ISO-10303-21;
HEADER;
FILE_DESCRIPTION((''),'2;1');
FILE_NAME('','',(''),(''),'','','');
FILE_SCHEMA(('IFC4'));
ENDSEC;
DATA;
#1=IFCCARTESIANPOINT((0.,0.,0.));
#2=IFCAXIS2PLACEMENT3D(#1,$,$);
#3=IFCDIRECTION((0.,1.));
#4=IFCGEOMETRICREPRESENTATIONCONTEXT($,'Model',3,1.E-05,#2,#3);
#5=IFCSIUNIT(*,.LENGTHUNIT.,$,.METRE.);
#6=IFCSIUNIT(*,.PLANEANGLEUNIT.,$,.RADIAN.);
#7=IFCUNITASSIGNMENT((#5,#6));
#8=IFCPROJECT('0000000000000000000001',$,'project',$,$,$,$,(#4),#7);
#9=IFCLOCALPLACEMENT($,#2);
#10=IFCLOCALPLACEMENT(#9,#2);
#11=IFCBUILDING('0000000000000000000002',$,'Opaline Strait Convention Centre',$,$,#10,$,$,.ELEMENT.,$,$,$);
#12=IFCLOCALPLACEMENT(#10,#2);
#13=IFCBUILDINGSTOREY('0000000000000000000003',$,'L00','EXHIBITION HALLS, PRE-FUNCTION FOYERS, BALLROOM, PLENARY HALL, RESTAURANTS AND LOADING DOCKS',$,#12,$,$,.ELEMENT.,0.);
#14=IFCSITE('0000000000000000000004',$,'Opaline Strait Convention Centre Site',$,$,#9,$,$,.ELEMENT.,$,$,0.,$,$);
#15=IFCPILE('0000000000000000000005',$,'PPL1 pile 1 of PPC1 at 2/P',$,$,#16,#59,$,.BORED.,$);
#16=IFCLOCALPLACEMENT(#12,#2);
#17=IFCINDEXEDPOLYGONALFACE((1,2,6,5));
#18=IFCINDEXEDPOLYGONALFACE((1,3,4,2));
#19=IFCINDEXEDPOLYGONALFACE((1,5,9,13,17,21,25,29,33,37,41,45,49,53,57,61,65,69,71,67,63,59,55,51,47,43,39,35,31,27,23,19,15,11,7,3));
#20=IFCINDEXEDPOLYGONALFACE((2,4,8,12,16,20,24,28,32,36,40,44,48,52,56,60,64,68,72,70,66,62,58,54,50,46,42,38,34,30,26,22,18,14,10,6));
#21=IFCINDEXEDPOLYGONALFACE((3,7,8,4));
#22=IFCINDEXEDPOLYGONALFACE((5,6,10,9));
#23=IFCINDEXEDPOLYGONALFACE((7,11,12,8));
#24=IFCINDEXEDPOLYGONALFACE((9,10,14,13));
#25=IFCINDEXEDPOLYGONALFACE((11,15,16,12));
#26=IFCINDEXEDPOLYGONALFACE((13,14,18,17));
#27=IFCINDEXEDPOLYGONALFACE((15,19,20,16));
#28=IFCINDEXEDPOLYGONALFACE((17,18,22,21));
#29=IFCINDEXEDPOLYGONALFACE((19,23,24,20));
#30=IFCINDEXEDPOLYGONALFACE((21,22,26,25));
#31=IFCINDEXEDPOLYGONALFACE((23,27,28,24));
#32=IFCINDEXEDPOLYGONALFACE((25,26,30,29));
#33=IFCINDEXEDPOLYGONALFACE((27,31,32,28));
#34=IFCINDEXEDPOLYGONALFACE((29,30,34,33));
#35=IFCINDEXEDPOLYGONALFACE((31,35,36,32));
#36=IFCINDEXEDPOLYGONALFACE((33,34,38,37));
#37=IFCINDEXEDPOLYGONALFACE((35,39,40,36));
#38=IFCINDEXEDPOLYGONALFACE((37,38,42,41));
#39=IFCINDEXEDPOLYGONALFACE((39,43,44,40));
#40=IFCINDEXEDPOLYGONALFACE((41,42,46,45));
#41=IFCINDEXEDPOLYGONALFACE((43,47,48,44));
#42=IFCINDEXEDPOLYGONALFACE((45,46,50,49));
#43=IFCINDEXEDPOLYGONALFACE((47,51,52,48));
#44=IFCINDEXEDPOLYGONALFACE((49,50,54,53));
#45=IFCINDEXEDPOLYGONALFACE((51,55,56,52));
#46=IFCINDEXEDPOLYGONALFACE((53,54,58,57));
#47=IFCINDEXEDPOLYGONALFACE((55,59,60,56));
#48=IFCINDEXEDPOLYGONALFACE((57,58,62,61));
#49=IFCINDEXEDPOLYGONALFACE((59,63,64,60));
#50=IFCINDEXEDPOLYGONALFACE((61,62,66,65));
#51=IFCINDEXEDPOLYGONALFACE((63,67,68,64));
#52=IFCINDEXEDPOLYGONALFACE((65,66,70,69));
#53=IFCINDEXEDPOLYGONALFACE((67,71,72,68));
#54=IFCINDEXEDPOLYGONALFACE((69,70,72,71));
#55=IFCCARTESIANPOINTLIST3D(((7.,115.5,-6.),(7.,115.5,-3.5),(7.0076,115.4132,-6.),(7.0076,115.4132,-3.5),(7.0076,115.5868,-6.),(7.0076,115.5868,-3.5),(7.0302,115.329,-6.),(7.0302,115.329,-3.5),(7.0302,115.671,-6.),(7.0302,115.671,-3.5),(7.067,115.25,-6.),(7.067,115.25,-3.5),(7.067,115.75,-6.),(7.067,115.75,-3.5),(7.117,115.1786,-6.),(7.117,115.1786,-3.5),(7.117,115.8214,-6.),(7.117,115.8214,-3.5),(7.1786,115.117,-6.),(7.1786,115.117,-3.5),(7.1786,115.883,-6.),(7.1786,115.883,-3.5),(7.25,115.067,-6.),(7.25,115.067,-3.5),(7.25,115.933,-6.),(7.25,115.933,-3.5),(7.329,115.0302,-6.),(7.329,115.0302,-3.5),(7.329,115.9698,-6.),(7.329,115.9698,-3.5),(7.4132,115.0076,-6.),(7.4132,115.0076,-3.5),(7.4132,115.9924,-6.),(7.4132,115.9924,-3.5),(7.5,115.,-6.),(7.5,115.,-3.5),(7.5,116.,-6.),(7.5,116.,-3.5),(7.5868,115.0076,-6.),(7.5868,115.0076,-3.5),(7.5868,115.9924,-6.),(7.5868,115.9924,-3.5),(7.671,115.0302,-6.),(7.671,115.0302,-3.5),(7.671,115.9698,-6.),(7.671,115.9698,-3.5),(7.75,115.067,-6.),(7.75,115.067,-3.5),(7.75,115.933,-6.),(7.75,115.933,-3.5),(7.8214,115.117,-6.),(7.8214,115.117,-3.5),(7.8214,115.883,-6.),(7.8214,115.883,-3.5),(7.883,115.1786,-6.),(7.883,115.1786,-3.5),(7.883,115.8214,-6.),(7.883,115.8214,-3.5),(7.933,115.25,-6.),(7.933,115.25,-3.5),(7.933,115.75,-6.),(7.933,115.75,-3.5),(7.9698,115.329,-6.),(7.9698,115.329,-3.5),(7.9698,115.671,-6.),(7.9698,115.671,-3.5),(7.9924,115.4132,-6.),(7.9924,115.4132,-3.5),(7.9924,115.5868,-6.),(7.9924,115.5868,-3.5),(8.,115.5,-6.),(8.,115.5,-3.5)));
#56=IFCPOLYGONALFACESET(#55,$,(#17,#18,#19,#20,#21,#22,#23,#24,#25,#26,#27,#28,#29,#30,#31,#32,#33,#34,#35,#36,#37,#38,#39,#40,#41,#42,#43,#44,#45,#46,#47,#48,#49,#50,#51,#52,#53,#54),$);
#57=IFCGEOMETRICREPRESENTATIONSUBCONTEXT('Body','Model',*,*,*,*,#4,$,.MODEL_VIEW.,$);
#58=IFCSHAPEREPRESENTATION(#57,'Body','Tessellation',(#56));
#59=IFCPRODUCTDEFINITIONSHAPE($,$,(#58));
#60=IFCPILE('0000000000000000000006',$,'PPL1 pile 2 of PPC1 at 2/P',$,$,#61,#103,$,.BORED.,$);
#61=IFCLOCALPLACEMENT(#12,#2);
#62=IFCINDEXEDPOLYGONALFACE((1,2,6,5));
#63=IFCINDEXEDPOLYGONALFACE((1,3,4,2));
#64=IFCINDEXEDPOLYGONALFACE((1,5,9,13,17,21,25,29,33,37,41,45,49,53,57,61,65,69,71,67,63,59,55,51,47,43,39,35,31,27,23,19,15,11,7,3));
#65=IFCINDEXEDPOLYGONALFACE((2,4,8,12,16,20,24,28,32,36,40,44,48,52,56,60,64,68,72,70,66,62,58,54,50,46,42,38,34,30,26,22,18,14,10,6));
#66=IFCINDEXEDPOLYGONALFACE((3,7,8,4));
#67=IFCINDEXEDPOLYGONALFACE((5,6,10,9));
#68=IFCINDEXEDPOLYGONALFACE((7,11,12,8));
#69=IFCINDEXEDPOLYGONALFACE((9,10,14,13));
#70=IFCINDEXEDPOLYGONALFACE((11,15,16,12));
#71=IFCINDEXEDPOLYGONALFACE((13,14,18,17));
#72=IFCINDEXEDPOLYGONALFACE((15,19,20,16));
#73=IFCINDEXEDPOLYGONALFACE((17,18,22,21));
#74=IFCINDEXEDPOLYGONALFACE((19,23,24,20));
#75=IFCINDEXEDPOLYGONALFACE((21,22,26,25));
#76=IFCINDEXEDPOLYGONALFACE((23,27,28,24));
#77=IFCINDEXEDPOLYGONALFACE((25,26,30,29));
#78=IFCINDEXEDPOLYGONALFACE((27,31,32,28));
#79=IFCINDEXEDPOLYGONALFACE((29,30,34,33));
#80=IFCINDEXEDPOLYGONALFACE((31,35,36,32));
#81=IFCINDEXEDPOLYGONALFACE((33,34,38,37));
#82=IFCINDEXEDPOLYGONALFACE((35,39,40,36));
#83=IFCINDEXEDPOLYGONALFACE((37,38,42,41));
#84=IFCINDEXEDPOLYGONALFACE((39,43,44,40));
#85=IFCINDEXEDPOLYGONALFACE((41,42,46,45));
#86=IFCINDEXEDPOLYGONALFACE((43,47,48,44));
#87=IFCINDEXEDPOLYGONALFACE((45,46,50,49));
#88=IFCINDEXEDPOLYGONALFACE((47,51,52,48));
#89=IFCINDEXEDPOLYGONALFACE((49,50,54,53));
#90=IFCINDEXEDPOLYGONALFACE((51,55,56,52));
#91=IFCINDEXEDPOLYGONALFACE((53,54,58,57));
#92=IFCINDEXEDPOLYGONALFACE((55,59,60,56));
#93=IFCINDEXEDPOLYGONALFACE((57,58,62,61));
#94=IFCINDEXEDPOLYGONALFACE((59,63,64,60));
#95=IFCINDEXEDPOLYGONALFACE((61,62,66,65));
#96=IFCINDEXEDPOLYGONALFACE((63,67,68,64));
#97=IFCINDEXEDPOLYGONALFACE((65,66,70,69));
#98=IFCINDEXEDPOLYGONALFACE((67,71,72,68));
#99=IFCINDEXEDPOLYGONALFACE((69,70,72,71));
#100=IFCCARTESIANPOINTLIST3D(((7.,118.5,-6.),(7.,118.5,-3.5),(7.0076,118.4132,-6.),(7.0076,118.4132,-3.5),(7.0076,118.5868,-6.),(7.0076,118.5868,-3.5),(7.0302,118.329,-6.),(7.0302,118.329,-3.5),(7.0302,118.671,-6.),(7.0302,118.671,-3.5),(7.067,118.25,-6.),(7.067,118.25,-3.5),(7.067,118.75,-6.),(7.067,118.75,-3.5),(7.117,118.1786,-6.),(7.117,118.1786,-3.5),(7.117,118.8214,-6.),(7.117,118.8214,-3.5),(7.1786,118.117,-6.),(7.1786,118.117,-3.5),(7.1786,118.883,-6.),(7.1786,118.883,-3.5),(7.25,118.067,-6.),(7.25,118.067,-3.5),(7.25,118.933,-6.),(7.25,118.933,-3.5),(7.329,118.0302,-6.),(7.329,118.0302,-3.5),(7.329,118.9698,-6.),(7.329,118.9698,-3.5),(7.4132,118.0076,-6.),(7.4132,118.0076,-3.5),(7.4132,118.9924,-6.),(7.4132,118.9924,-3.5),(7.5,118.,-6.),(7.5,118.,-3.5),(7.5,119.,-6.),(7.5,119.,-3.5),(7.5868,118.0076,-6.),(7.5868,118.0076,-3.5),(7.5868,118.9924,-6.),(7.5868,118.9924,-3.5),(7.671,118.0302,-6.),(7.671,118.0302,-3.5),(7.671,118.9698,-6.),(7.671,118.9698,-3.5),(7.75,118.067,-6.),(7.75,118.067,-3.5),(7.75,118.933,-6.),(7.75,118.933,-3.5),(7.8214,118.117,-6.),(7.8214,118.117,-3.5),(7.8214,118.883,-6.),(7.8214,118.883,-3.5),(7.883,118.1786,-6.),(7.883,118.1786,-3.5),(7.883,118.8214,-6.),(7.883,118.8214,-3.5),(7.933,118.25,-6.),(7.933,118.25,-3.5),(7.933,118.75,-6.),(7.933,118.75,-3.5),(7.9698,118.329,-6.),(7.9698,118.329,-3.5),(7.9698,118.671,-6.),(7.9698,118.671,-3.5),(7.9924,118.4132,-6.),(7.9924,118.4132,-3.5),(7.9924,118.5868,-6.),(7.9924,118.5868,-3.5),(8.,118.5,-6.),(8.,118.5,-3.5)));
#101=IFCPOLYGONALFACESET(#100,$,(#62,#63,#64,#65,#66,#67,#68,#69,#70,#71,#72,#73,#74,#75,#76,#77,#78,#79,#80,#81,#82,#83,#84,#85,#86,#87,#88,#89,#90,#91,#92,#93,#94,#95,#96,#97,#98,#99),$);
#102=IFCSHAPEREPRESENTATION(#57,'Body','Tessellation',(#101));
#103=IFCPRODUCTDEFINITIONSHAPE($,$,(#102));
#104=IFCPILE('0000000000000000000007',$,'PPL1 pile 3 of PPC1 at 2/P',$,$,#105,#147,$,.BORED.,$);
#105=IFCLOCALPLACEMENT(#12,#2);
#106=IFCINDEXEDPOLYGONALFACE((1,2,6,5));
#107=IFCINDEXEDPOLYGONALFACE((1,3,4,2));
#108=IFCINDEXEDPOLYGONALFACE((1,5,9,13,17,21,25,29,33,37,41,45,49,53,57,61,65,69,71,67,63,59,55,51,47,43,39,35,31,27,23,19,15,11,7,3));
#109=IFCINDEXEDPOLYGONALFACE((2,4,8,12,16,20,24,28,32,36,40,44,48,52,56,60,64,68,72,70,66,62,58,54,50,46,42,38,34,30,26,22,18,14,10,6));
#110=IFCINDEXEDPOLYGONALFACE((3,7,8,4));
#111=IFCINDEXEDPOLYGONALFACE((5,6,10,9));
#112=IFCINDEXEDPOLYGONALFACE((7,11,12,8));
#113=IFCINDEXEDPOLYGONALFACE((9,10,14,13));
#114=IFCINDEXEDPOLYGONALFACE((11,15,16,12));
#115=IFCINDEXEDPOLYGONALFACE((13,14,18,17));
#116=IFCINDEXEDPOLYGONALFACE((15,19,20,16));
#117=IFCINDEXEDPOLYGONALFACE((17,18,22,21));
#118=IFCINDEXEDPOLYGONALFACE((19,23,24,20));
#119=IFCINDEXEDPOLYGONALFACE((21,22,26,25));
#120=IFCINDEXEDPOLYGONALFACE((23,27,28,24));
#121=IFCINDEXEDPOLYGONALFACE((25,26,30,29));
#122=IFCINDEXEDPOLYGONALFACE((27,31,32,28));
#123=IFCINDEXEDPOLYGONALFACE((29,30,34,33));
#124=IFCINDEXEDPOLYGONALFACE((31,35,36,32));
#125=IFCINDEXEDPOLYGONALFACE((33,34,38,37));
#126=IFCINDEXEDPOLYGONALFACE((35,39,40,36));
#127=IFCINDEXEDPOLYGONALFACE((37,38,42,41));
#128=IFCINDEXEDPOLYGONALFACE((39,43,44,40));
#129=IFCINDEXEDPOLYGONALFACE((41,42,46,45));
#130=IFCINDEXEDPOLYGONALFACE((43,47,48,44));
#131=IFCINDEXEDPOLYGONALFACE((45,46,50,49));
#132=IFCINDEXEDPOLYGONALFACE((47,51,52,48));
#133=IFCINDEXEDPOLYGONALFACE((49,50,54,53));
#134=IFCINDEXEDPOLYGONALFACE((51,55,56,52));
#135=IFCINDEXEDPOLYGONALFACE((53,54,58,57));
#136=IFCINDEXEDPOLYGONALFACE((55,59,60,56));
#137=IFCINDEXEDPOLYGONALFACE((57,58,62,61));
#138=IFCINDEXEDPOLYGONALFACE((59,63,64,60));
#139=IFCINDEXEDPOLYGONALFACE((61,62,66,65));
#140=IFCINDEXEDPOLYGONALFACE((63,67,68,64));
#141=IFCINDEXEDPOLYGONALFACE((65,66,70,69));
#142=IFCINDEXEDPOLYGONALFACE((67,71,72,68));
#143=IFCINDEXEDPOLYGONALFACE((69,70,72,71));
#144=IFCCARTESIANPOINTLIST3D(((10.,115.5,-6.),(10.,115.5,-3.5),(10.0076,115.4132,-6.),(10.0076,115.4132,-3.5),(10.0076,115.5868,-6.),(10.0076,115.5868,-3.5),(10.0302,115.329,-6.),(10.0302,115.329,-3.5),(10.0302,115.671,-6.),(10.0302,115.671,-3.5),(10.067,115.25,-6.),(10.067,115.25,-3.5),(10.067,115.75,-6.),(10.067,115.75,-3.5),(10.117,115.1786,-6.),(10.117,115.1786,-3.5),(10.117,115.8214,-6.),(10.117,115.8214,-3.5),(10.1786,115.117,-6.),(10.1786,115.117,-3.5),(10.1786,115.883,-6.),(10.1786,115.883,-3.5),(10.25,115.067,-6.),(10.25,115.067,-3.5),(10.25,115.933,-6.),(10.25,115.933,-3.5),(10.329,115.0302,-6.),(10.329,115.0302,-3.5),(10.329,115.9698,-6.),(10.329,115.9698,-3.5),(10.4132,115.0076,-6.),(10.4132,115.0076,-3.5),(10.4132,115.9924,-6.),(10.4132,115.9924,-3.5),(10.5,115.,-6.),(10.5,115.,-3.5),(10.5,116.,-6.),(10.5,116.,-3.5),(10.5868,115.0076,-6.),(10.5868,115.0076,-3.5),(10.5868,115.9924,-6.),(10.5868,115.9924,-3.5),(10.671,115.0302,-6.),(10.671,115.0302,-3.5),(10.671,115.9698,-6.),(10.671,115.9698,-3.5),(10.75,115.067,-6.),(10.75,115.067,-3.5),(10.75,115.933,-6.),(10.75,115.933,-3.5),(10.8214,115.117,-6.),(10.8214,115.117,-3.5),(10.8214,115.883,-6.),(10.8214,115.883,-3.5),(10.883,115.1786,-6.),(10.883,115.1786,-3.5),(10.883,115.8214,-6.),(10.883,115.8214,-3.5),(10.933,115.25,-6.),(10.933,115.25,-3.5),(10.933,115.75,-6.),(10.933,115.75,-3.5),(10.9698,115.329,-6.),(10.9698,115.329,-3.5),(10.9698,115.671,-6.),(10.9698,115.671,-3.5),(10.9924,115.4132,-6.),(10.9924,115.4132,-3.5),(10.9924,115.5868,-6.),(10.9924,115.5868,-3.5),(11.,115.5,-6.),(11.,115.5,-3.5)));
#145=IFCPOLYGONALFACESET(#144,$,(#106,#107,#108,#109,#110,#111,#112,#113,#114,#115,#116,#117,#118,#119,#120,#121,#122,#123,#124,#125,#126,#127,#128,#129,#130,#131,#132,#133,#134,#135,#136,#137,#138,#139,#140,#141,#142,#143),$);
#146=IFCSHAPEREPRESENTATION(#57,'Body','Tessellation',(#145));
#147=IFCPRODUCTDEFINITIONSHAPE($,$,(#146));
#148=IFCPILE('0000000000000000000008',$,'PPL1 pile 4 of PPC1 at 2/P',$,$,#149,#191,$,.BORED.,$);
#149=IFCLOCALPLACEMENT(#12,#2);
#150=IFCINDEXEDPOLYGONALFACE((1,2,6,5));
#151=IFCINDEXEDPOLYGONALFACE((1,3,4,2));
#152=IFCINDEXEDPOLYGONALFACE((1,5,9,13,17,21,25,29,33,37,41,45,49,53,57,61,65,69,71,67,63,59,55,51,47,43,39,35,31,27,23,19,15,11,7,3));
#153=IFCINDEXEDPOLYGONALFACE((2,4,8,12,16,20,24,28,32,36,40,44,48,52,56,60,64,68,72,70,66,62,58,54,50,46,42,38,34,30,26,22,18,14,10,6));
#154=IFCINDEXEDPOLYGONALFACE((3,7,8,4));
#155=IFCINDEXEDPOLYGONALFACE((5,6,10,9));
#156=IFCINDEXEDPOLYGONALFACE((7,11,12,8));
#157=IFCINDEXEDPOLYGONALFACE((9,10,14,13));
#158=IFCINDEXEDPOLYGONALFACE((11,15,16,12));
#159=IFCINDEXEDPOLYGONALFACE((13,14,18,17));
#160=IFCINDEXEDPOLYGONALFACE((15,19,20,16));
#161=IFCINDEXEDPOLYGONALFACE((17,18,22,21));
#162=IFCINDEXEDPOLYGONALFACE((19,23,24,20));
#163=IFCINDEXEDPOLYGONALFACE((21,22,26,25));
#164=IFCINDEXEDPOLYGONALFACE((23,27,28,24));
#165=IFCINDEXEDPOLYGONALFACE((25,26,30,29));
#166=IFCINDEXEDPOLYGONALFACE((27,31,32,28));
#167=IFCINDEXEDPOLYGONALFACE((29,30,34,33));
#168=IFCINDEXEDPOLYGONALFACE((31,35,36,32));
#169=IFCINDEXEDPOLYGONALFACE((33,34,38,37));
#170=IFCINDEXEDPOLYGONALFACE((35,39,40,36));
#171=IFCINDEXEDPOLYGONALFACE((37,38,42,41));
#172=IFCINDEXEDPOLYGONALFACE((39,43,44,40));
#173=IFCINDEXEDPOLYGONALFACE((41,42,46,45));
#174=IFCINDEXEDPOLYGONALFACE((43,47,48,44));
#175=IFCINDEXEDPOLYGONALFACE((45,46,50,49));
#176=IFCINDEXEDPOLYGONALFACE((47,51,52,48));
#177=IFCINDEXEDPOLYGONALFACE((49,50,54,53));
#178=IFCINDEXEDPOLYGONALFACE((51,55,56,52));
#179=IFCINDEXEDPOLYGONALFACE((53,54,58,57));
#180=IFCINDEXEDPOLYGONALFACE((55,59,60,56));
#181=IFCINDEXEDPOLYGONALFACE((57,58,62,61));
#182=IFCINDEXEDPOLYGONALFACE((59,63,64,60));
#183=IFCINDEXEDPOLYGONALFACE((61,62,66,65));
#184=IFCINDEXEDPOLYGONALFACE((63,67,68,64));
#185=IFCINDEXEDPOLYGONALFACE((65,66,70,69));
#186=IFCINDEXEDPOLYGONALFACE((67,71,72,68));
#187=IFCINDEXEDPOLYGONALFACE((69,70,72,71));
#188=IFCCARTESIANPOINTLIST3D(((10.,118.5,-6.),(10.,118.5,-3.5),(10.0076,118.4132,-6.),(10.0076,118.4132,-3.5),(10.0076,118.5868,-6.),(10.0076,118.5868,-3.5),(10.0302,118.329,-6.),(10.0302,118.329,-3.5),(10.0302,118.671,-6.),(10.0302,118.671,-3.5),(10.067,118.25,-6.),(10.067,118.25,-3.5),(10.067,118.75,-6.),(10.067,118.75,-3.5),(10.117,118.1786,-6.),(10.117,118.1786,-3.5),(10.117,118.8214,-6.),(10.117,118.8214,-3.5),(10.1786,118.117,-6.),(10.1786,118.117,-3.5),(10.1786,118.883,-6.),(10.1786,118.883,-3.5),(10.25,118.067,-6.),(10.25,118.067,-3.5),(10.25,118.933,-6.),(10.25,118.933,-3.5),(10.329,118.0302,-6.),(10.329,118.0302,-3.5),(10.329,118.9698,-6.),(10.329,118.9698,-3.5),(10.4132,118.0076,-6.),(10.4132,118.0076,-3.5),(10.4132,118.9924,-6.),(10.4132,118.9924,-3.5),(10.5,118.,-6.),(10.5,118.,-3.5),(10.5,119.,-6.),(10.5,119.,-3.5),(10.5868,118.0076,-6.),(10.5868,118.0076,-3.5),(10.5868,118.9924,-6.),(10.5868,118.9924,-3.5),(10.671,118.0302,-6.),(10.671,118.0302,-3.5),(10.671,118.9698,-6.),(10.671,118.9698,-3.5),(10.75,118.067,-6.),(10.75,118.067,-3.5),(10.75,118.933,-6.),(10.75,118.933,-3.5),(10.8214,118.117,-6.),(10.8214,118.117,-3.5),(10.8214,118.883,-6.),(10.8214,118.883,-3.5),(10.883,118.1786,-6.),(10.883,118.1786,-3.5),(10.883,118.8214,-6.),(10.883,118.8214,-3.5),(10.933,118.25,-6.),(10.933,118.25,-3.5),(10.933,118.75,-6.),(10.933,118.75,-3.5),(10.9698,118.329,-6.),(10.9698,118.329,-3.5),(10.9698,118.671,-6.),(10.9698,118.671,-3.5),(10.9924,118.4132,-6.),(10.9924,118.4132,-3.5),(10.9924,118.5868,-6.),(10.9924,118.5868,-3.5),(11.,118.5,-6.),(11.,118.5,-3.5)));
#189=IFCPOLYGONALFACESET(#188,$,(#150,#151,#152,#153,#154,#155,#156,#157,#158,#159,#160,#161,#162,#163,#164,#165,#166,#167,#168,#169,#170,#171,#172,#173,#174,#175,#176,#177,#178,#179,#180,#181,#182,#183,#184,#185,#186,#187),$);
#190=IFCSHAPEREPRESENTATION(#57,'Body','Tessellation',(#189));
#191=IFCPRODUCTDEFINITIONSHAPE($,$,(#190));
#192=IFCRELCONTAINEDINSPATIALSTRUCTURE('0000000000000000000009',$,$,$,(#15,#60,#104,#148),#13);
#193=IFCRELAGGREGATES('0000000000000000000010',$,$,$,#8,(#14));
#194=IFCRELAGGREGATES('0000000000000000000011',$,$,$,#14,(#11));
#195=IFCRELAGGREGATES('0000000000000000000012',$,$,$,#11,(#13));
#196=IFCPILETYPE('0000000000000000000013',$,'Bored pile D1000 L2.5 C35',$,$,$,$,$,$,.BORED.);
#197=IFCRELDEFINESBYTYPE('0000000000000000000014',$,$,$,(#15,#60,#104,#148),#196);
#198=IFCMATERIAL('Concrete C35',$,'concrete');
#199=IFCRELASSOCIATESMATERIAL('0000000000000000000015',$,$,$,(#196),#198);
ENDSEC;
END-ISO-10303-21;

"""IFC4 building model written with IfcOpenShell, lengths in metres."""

from ifc_helpers import new_model, si_unit, direction, frame, origin, origin_2d, place, context, subcontext, project, spatial, circle, extrude, material, material_profile, profile_set, type_object, element, save


model = new_model("IFC4")

# Units and contexts
model_context = context("Model", 3, precision=1e-05, world=origin(), true_north=direction((0.0, 1.0)))
body_context = subcontext(model_context, "Body", "Model", "MODEL_VIEW")
ifc_project = project(units=[si_unit("LENGTHUNIT", "METRE"), si_unit("PLANEANGLEUNIT", "RADIAN")], contexts=[model_context])

# Site, building, storey
site_placement = place(None, origin())
site = spatial("IfcSite", under=ifc_project, at=site_placement, Name="Opaline Strait Convention Centre Site", CompositionType="ELEMENT", RefElevation=0.0)
building_placement = place(site_placement, origin())
building = spatial("IfcBuilding", under=site, at=building_placement, Name="Opaline Strait Convention Centre", CompositionType="ELEMENT")
storey_placement = place(building_placement, origin())
storey = spatial("IfcBuildingStorey", under=building, at=storey_placement, Name="L00", Description="EXHIBITION HALLS, PRE-FUNCTION FOYERS, BALLROOM, PLENARY HALL, RESTAURANTS AND LOADING DOCKS", CompositionType="ELEMENT", Elevation=0.0)

# Piles
ifc_material_1 = material(Name="Concrete C35", Category="concrete")
ifc_material_profile_1 = material_profile(ifc_material_1, circle(Radius=0.5, at=origin_2d()), Name="D1000")
ifc_profile_set_1 = profile_set([ifc_material_profile_1], Name="Concrete C35")
pile_type_1 = type_object("IfcPileType", Name="Bored pile D1000 L2.5 C35", PredefinedType="BORED", material=ifc_profile_set_1)
for number, where, z_axis, x_axis, name in (
    (1, (7.5, 115.5, -3.5), (0.0, 0.0, -1.0), (1.0, 0.0, 0.0), "PPL1 pile 1 of PPC1 at 2/P"),
    (2, (7.5, 118.5, -3.5), (0.0, 0.0, -1.0), (1.0, 0.0, 0.0), "PPL1 pile 2 of PPC1 at 2/P"),
    (3, (10.5, 115.5, -3.5), (0.0, 0.0, -1.0), (1.0, 0.0, 0.0), "PPL1 pile 3 of PPC1 at 2/P"),
    (4, (10.5, 118.5, -3.5), (0.0, 0.0, -1.0), (1.0, 0.0, 0.0), "PPL1 pile 4 of PPC1 at 2/P"),
):
    element("IfcPile", number, at=place(storey_placement, frame(where, z_axis=z_axis, x_axis=x_axis)), inside=storey, type_object=pile_type_1, Name=name, PredefinedType="BORED", context=body_context, shape_type="SweptSolid", body=[
        extrude(circle(Radius=0.5, at=origin_2d()), origin(), (0.0, 0.0, 1.0), 2.5),
    ])

save(model, "model.ifc")
